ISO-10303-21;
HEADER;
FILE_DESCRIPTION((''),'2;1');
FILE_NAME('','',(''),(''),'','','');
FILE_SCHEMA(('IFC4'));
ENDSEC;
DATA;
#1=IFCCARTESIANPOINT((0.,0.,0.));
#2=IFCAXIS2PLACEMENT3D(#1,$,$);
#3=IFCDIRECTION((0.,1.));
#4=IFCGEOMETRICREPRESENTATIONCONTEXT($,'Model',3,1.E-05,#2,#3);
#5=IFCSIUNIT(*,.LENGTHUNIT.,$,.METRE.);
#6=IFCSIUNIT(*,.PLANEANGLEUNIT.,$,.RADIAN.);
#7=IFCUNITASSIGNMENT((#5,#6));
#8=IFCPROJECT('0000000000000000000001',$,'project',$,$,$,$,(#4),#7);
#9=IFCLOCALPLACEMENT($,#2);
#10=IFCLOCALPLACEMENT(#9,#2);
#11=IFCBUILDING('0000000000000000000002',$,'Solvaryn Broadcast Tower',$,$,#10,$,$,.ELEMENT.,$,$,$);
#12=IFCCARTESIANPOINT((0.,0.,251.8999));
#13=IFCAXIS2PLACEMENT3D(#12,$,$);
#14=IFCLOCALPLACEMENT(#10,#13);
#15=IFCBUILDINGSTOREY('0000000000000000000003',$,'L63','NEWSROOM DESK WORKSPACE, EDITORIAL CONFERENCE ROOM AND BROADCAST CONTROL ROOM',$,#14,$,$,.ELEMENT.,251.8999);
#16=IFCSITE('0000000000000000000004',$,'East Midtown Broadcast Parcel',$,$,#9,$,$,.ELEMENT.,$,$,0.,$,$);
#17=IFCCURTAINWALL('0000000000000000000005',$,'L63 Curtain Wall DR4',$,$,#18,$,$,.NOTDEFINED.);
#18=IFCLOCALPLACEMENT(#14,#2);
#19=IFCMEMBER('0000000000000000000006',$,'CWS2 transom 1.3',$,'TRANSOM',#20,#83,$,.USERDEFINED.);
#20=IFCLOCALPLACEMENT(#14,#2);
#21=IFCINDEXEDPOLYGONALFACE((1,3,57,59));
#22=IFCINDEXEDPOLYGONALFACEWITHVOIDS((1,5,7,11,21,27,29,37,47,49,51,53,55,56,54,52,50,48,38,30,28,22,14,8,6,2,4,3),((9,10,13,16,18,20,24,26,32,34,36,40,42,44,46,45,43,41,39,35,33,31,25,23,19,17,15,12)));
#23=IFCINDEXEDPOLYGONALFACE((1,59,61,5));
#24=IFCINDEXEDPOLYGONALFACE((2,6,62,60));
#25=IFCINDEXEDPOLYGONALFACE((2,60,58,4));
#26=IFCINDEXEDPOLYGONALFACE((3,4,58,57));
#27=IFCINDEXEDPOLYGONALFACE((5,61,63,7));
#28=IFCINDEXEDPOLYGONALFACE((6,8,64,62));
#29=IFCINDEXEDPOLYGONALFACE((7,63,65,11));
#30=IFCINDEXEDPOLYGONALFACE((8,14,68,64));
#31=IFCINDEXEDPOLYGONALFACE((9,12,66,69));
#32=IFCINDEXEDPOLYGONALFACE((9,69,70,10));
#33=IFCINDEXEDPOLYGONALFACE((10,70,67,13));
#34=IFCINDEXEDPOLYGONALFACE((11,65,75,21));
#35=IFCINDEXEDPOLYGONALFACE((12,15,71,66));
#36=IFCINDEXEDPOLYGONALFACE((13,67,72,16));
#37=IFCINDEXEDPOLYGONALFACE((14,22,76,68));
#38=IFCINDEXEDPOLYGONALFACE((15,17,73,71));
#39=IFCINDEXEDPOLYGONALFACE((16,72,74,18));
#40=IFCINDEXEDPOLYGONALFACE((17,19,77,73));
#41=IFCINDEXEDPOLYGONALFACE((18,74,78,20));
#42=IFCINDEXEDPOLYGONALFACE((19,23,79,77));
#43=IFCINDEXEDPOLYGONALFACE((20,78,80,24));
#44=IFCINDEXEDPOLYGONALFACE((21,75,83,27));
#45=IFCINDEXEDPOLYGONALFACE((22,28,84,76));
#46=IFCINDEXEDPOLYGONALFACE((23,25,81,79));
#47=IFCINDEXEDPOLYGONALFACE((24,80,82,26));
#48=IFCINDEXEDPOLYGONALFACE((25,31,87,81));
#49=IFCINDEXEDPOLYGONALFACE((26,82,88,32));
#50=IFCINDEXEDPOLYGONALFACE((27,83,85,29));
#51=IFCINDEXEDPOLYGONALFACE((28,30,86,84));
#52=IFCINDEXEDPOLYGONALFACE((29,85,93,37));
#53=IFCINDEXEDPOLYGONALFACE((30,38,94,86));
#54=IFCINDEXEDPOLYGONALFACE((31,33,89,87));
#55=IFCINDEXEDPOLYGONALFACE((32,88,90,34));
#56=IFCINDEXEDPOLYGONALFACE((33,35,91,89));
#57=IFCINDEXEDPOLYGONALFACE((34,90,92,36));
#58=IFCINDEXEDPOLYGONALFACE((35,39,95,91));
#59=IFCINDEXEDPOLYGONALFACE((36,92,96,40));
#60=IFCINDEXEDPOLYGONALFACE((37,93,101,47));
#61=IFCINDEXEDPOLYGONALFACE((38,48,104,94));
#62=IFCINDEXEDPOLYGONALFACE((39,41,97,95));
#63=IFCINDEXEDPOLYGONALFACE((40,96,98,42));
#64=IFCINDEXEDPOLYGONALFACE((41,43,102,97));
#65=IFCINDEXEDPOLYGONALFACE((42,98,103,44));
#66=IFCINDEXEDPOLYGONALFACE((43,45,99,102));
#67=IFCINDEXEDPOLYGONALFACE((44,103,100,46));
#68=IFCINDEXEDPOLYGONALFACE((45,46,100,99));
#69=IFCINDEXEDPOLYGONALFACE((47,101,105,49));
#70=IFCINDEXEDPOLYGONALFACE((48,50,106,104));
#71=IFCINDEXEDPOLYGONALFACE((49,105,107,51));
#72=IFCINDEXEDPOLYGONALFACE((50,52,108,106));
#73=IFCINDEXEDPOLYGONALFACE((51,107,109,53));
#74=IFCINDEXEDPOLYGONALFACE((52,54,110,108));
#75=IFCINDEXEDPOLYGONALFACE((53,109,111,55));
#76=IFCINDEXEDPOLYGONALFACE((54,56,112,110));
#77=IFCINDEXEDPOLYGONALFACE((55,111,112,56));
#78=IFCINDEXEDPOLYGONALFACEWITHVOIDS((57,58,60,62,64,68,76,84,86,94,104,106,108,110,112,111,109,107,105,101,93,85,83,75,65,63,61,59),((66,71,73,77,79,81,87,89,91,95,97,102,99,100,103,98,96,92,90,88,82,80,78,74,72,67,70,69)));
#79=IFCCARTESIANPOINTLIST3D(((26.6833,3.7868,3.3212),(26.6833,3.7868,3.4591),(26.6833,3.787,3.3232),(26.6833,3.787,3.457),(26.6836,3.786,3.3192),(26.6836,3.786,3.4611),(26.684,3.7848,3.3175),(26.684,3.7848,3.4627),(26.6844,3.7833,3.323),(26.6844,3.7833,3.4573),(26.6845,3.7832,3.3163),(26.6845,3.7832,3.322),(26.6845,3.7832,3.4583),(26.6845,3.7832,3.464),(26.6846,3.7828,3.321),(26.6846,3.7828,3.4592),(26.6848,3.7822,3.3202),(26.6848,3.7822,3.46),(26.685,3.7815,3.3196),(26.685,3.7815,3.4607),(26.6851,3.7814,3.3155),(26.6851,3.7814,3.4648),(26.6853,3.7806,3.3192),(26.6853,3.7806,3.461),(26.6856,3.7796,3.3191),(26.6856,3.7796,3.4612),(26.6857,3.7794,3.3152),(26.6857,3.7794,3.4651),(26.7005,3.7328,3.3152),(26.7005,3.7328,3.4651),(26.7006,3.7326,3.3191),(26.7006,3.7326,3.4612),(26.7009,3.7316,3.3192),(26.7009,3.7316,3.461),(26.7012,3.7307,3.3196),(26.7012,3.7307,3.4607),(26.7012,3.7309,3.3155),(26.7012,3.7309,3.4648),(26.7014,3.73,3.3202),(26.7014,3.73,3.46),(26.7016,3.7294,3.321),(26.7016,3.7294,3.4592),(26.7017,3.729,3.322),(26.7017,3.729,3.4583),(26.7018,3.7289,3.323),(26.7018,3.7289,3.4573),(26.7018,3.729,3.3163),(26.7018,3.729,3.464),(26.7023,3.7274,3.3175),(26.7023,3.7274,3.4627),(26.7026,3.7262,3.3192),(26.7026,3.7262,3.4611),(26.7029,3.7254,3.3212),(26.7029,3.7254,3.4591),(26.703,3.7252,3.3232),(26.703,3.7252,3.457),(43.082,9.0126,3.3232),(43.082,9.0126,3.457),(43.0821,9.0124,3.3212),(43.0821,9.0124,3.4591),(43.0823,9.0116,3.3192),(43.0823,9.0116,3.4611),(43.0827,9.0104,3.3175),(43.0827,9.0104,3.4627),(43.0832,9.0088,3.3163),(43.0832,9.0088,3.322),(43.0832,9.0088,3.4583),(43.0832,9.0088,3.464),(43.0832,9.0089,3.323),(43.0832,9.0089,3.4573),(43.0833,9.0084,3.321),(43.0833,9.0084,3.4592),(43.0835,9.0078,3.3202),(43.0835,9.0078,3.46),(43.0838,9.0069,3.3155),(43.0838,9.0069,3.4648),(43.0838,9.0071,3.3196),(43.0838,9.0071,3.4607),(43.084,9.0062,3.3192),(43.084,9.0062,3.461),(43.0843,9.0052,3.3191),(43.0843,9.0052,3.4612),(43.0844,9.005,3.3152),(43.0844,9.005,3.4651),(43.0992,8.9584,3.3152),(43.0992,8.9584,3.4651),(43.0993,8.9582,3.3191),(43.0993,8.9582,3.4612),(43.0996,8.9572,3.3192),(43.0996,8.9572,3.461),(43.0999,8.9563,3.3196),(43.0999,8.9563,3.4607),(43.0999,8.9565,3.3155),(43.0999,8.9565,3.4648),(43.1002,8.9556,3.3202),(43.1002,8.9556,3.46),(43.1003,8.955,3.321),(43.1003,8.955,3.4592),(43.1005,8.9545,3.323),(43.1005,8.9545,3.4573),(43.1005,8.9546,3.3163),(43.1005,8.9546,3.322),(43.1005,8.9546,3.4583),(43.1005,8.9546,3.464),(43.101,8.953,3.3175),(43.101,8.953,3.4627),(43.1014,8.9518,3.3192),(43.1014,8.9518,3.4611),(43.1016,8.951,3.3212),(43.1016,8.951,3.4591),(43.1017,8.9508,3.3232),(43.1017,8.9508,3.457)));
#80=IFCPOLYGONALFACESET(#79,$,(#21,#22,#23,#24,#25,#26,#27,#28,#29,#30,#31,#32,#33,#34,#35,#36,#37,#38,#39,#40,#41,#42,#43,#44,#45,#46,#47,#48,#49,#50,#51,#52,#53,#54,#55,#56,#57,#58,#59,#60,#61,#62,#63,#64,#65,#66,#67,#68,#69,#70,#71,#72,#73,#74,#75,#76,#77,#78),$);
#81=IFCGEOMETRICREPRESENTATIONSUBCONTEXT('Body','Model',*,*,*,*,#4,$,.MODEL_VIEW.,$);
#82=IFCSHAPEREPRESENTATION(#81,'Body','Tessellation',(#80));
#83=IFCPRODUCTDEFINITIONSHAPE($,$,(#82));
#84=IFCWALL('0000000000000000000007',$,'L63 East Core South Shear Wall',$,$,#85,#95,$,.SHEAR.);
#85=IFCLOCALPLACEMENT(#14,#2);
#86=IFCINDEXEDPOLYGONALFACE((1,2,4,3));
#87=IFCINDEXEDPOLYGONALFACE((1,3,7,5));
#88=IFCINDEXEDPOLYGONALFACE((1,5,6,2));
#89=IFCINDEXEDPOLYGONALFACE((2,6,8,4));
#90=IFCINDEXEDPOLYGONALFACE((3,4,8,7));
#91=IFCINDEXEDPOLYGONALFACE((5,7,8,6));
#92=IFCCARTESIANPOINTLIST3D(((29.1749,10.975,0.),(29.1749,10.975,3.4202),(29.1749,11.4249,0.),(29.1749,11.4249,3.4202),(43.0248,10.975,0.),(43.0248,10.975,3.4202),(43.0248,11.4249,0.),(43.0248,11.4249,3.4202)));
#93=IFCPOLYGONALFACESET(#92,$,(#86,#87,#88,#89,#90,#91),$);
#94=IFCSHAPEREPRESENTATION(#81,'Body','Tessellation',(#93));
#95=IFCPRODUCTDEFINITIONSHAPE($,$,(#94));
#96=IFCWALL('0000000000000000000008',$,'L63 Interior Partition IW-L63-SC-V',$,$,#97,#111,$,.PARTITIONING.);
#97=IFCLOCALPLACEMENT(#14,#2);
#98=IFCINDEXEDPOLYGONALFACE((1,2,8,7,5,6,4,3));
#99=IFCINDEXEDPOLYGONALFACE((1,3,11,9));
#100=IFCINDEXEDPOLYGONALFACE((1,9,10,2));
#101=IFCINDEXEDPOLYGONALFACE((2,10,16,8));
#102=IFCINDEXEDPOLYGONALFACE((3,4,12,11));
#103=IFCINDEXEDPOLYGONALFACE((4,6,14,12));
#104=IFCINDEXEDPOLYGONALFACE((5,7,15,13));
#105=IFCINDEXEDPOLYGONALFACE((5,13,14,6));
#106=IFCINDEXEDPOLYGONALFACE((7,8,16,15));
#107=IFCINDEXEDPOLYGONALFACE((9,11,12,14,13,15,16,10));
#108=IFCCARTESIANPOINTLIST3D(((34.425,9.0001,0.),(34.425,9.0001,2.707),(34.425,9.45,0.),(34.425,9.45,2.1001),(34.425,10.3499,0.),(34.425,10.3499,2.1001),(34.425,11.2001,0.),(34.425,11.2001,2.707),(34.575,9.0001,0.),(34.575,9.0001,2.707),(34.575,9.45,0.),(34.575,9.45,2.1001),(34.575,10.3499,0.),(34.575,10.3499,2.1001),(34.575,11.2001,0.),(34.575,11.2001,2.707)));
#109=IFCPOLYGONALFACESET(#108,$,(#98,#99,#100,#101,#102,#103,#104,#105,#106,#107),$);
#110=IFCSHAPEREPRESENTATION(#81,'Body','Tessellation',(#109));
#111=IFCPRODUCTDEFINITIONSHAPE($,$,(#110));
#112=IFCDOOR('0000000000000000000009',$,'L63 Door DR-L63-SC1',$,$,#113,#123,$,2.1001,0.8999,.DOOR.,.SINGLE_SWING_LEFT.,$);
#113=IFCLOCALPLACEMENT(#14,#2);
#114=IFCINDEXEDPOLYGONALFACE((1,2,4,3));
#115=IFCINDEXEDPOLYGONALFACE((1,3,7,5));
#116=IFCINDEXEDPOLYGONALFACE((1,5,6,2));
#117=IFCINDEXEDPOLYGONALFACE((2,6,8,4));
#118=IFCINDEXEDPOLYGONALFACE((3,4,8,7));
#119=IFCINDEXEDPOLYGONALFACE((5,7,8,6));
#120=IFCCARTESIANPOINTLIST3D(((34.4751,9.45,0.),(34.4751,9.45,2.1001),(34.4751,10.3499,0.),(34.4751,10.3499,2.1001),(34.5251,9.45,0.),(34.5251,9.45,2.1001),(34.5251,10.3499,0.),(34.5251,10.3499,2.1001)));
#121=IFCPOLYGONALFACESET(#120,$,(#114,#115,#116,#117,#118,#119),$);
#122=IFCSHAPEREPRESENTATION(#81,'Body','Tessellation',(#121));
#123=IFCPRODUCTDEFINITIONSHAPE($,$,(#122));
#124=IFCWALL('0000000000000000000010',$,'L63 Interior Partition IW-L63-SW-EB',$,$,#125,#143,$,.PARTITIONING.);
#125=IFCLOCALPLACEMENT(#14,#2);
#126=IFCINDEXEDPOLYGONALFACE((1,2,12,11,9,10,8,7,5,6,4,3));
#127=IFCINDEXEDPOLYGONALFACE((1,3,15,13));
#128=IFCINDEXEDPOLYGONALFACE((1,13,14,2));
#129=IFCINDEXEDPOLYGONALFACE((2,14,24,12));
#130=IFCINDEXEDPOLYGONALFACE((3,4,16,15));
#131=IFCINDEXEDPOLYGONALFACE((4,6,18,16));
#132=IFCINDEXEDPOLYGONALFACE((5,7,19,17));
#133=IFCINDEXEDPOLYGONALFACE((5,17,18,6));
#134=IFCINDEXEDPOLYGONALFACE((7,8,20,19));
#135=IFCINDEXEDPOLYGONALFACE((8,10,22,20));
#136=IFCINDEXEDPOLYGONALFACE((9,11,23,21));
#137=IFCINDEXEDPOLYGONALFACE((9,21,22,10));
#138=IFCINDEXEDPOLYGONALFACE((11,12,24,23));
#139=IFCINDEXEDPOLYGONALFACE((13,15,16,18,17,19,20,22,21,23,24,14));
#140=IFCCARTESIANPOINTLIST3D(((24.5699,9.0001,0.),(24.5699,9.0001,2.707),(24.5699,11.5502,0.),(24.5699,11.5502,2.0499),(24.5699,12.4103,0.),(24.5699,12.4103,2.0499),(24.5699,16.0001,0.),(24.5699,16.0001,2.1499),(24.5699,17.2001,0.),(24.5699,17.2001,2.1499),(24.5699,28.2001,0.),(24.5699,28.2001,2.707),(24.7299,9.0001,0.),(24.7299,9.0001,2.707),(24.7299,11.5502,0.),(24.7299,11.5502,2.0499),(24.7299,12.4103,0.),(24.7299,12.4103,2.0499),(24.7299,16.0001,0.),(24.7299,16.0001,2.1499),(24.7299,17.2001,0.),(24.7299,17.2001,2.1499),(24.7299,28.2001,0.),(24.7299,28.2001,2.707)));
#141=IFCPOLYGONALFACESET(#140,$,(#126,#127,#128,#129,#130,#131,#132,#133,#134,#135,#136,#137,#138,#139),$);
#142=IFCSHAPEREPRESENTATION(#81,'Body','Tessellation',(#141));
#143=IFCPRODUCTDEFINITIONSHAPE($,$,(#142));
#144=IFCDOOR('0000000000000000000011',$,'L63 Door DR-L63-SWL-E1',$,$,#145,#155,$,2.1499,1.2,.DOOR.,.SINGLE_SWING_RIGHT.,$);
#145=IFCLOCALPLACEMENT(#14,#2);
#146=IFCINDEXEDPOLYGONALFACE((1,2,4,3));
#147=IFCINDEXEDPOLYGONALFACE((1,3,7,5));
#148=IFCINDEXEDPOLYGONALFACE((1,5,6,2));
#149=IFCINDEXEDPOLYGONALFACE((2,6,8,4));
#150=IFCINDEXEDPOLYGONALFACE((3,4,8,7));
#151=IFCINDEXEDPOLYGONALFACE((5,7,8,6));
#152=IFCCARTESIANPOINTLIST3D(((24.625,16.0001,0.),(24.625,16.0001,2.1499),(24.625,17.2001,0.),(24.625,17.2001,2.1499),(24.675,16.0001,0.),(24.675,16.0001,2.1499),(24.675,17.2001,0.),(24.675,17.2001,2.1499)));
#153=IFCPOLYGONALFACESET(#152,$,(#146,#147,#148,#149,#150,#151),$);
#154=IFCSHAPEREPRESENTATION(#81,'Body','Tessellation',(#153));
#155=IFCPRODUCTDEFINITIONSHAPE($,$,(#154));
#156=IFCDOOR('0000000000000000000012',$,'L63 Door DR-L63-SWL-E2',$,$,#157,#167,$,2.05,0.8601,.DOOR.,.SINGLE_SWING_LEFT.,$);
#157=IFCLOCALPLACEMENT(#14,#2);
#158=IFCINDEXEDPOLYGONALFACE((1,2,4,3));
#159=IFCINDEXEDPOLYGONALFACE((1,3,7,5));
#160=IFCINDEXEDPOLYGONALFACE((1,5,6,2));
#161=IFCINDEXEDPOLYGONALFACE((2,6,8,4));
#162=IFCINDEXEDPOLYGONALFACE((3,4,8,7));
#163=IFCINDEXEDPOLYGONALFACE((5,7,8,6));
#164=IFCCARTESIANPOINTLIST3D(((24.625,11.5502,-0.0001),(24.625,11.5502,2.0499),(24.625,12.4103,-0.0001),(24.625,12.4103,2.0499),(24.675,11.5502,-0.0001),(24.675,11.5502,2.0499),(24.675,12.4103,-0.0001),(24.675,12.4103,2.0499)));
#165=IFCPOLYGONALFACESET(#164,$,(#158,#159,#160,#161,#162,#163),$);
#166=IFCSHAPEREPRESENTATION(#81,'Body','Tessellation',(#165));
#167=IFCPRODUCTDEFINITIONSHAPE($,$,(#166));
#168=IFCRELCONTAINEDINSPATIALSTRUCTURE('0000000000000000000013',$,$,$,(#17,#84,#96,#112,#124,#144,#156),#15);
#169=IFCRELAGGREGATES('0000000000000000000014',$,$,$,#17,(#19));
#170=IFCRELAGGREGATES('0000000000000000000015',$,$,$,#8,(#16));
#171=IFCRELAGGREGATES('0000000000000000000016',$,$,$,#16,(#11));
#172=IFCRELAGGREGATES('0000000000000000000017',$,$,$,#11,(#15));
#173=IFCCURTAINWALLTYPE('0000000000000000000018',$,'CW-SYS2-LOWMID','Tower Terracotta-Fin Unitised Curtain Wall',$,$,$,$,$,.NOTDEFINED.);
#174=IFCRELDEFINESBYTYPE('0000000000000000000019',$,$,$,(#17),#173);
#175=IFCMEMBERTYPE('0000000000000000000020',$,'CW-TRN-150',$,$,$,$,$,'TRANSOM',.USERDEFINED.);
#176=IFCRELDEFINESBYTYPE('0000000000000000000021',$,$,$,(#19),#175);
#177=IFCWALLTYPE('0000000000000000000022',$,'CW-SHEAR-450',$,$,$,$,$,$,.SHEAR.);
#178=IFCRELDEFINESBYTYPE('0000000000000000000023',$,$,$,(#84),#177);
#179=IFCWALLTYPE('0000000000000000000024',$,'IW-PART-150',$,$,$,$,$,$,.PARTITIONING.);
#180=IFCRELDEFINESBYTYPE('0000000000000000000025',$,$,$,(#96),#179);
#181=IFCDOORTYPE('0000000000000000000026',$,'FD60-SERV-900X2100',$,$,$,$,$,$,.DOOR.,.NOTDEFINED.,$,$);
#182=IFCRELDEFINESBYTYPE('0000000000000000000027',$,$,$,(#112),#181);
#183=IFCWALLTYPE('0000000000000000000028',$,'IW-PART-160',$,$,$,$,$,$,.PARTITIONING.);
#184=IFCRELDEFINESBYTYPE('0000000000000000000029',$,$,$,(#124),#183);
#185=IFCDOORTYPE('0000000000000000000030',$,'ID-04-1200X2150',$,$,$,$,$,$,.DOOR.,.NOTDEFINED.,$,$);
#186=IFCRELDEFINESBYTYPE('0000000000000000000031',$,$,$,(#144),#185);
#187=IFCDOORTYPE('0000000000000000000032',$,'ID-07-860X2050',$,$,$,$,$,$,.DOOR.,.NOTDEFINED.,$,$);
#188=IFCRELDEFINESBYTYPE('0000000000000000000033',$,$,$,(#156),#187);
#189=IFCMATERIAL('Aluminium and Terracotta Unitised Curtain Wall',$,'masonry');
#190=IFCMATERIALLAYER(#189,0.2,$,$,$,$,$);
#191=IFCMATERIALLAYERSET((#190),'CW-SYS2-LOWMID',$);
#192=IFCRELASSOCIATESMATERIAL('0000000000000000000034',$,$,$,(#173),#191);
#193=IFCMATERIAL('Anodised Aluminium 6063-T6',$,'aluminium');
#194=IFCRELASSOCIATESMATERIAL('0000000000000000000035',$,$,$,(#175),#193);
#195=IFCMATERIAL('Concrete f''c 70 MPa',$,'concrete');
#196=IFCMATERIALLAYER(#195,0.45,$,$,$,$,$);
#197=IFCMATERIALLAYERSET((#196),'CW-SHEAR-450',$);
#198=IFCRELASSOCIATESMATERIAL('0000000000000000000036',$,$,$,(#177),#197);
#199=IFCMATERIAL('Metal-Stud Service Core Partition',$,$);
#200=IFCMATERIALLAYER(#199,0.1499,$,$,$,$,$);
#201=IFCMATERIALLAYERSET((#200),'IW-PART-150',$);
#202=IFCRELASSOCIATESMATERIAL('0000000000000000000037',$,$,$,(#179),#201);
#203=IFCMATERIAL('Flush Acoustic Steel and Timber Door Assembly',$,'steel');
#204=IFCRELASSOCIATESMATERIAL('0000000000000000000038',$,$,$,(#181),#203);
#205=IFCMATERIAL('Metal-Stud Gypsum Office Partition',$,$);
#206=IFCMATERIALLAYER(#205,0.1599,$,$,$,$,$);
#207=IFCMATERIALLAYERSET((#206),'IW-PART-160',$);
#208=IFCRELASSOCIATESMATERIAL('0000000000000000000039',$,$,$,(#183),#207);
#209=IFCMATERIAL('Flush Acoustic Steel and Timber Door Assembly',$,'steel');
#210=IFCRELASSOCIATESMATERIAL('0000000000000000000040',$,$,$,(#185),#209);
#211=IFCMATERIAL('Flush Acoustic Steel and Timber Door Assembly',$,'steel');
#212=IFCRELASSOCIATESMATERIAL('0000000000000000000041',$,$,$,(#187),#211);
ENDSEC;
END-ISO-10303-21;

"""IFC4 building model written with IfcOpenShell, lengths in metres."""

from ifc_helpers import new_model, si_unit, direction, frame, frame_2d, origin, origin_2d, place, context, subcontext, project, spatial, rectangle, hollow_rectangle, extrude, material, layer, layer_set, material_profile, profile_set, type_object, element, fill, aggregate, save


model = new_model("IFC4")

# Units and contexts
model_context = context("Model", 3, precision=1e-05, world=origin(), true_north=direction((0.0, 1.0)))
body_context = subcontext(model_context, "Body", "Model", "MODEL_VIEW")
ifc_project = project(units=[si_unit("LENGTHUNIT", "METRE"), si_unit("PLANEANGLEUNIT", "RADIAN")], contexts=[model_context])

# Site, building, storey
site_placement = place(None, origin())
site = spatial("IfcSite", under=ifc_project, at=site_placement, Name="East Midtown Broadcast Parcel", CompositionType="ELEMENT", RefElevation=0.0)
building_placement = place(site_placement, origin())
building = spatial("IfcBuilding", under=site, at=building_placement, Name="Solvaryn Broadcast Tower", CompositionType="ELEMENT")
storey_placement = place(building_placement, frame((0.0, 0.0, 251.8999)))
storey = spatial("IfcBuildingStorey", under=building, at=storey_placement, Name="L63", Description="NEWSROOM DESK WORKSPACE, EDITORIAL CONFERENCE ROOM AND BROADCAST CONTROL ROOM", CompositionType="ELEMENT", Elevation=251.8999)

# Shared definitions
ifc_material_1 = material(Name="Aluminium and Terracotta Unitised Curtain Wall", Category="masonry")
ifc_layer_1 = layer(ifc_material_1, 0.2)
ifc_layer_set_1 = layer_set([ifc_layer_1], Name="CW-SYS2-LOWMID")
curtain_wall_type = type_object("IfcCurtainWallType", Name="CW-SYS2-LOWMID", Description="Tower Terracotta-Fin Unitised Curtain Wall", PredefinedType="NOTDEFINED", material=ifc_layer_set_1)

# Curtain wall, member
curtain_wall_1_placement = place(storey_placement, origin())
curtain_wall_1 = element("IfcCurtainWall", 1, at=curtain_wall_1_placement, inside=storey, type_object=curtain_wall_type, Name="L63 Curtain Wall DR4", PredefinedType="NOTDEFINED")
ifc_material_2 = material(Name="Anodised Aluminium 6063-T6", Category="aluminium")
ifc_material_profile_1 = material_profile(ifc_material_2, hollow_rectangle(XDim=0.0649, YDim=0.1499, WallThickness=0.0039, InnerFilletRadius=0.0039, OuterFilletRadius=0.0081, at=origin_2d()))
ifc_profile_set_1 = profile_set([ifc_material_profile_1], Name="Anodised Aluminium 6063-T6")
member_type_1 = type_object("IfcMemberType", Name="CW-TRN-150", ElementType="TRANSOM", PredefinedType="USERDEFINED", material=ifc_profile_set_1)
member_1_placement = place(storey_placement, frame((26.6931, 3.7561, 3.3901), z_axis=(0.952794, 0.303616, 0.0), x_axis=(-0.303616, 0.952794, 0.0)))
member_1 = element("IfcMember", 2, at=member_1_placement, type_object=member_type_1, Name="CWS2 transom 1.3", ObjectType="TRANSOM", PredefinedType="USERDEFINED", context=body_context, shape_type="SweptSolid", body=[
    extrude(hollow_rectangle(XDim=0.0649, YDim=0.1499, WallThickness=0.0039, InnerFilletRadius=0.0039, OuterFilletRadius=0.0081, at=origin_2d()), origin(), (0.0, 0.0, 1.0), 17.2112),
])
aggregate(curtain_wall_1, [member_1])

# Wall
ifc_material_3 = material(Name="Concrete f'c 70 MPa", Category="concrete")
ifc_layer_2 = layer(ifc_material_3, 0.45)
ifc_layer_set_2 = layer_set([ifc_layer_2], Name="CW-SHEAR-450")
wall_type_1 = type_object("IfcWallType", Name="CW-SHEAR-450", PredefinedType="SHEAR", material=ifc_layer_set_2)
wall_1_placement = place(storey_placement, frame((29.175, 11.2, 0.0), z_axis=(0.0, 0.0, 1.0), x_axis=(1.0, 0.0, 0.0)))
element("IfcWall", 3, at=wall_1_placement, inside=storey, type_object=wall_type_1, Name="L63 East Core South Shear Wall", PredefinedType="SHEAR", context=body_context, shape_type="SweptSolid", body=[
    extrude(rectangle(XDim=13.8499, YDim=0.45, at=frame_2d((6.9248, 0.0))), origin(), (0.0, 0.0, 1.0), 3.4202),
])

# Wall, opening, door
ifc_material_4 = material(Name="Metal-Stud Service Core Partition")
ifc_layer_3 = layer(ifc_material_4, 0.1499)
ifc_layer_set_3 = layer_set([ifc_layer_3], Name="IW-PART-150")
wall_type_2 = type_object("IfcWallType", Name="IW-PART-150", PredefinedType="PARTITIONING", material=ifc_layer_set_3)
wall_2_placement = place(storey_placement, frame((34.5, 9.0, 0.0), z_axis=(0.0, 0.0, 1.0), x_axis=(0.0, 1.0, 0.0)))
wall_2 = element("IfcWall", 4, at=wall_2_placement, inside=storey, type_object=wall_type_2, Name="L63 Interior Partition IW-L63-SC-V", PredefinedType="PARTITIONING", context=body_context, shape_type="SweptSolid", body=[
    extrude(rectangle(XDim=2.2, YDim=0.1499, at=frame_2d((1.1001, 0.0))), origin(), (0.0, 0.0, 1.0), 2.707),
])
opening_1_placement = place(wall_2_placement, frame((0.45, 0.0, 0.0)))
opening_1 = element("IfcOpeningElement", 5, at=opening_1_placement, cuts=wall_2, PredefinedType="OPENING", context=body_context, shape_type="SweptSolid", body=[
    extrude(rectangle(XDim=0.8999, YDim=2.1001, at=frame_2d((0.45, 1.05))), frame((0.0, 0.085, 0.0), z_axis=(0.0, -1.0, 0.0), x_axis=(1.0, 0.0, 0.0)), (0.0, 0.0, 1.0), 0.1699),
])
ifc_material_5 = material(Name="Flush Acoustic Steel and Timber Door Assembly", Category="steel")
door_type_1 = type_object("IfcDoorType", Name="FD60-SERV-900X2100", OperationType="NOTDEFINED", PredefinedType="DOOR", material=ifc_material_5)
door_1_placement = place(opening_1_placement, origin())
door_1 = element("IfcDoor", 6, at=door_1_placement, inside=storey, type_object=door_type_1, Name="L63 Door DR-L63-SC1", OperationType="SINGLE_SWING_LEFT", OverallHeight=2.1001, OverallWidth=0.8999, PredefinedType="DOOR", context=body_context, shape_type="SweptSolid", body=[
    extrude(rectangle(XDim=0.8999, YDim=2.1001, at=frame_2d((0.45, 1.05))), frame((0.0, 0.0249, 0.0), z_axis=(0.0, -1.0, 0.0), x_axis=(1.0, 0.0, 0.0)), (0.0, 0.0, 1.0), 0.05),
])
fill(opening_1, door_1)

# Wall, openings, doors
ifc_material_6 = material(Name="Metal-Stud Gypsum Office Partition")
ifc_layer_4 = layer(ifc_material_6, 0.1599)
ifc_layer_set_4 = layer_set([ifc_layer_4], Name="IW-PART-160")
wall_type_3 = type_object("IfcWallType", Name="IW-PART-160", PredefinedType="PARTITIONING", material=ifc_layer_set_4)
wall_3_placement = place(storey_placement, frame((24.6499, 9.0, 0.0), z_axis=(0.0, 0.0, 1.0), x_axis=(0.0, 1.0, 0.0)))
wall_3 = element("IfcWall", 7, at=wall_3_placement, inside=storey, type_object=wall_type_3, Name="L63 Interior Partition IW-L63-SW-EB", PredefinedType="PARTITIONING", context=body_context, shape_type="SweptSolid", body=[
    extrude(rectangle(XDim=19.2, YDim=0.1599, at=frame_2d((9.6001, 0.0))), origin(), (0.0, 0.0, 1.0), 2.707),
])
opening_2_placement = place(wall_3_placement, frame((7.0, 0.0, 0.0)))
opening_2 = element("IfcOpeningElement", 8, at=opening_2_placement, cuts=wall_3, PredefinedType="OPENING", context=body_context, shape_type="SweptSolid", body=[
    extrude(rectangle(XDim=1.2, YDim=2.1499, at=frame_2d((0.6001, 1.075))), frame((0.0, 0.0901, 0.0), z_axis=(0.0, -1.0, 0.0), x_axis=(1.0, 0.0, 0.0)), (0.0, 0.0, 1.0), 0.1799),
])
opening_3_placement = place(wall_3_placement, frame((2.55, 0.0, 0.0)))
opening_3 = element("IfcOpeningElement", 9, at=opening_3_placement, cuts=wall_3, PredefinedType="OPENING", context=body_context, shape_type="SweptSolid", body=[
    extrude(rectangle(XDim=0.8601, YDim=2.05, at=frame_2d((0.4302, 1.0249))), frame((0.0, 0.0901, 0.0), z_axis=(0.0, -1.0, 0.0), x_axis=(1.0, 0.0, 0.0)), (0.0, 0.0, 1.0), 0.1799),
])
ifc_material_7 = material(Name="Flush Acoustic Steel and Timber Door Assembly", Category="steel")
door_type_2 = type_object("IfcDoorType", Name="ID-04-1200X2150", OperationType="NOTDEFINED", PredefinedType="DOOR", material=ifc_material_7)
door_2_placement = place(opening_2_placement, origin())
door_2 = element("IfcDoor", 10, at=door_2_placement, inside=storey, type_object=door_type_2, Name="L63 Door DR-L63-SWL-E1", OperationType="SINGLE_SWING_RIGHT", OverallHeight=2.1499, OverallWidth=1.2, PredefinedType="DOOR", context=body_context, shape_type="SweptSolid", body=[
    extrude(rectangle(XDim=1.2, YDim=2.1499, at=frame_2d((0.6001, 1.075))), frame((0.0, 0.0249, 0.0), z_axis=(0.0, -1.0, 0.0), x_axis=(1.0, 0.0, 0.0)), (0.0, 0.0, 1.0), 0.05),
])
fill(opening_2, door_2)
ifc_material_8 = material(Name="Flush Acoustic Steel and Timber Door Assembly", Category="steel")
door_type_3 = type_object("IfcDoorType", Name="ID-07-860X2050", OperationType="NOTDEFINED", PredefinedType="DOOR", material=ifc_material_8)
door_3_placement = place(opening_3_placement, origin())
door_3 = element("IfcDoor", 11, at=door_3_placement, inside=storey, type_object=door_type_3, Name="L63 Door DR-L63-SWL-E2", OperationType="SINGLE_SWING_LEFT", OverallHeight=2.05, OverallWidth=0.8601, PredefinedType="DOOR", context=body_context, shape_type="SweptSolid", body=[
    extrude(rectangle(XDim=0.8601, YDim=2.05, at=frame_2d((0.4302, 1.0249))), frame((0.0, 0.0249, 0.0), z_axis=(0.0, -1.0, 0.0), x_axis=(1.0, 0.0, 0.0)), (0.0, 0.0, 1.0), 0.05),
])
fill(opening_3, door_3)

save(model, "model.ifc")
